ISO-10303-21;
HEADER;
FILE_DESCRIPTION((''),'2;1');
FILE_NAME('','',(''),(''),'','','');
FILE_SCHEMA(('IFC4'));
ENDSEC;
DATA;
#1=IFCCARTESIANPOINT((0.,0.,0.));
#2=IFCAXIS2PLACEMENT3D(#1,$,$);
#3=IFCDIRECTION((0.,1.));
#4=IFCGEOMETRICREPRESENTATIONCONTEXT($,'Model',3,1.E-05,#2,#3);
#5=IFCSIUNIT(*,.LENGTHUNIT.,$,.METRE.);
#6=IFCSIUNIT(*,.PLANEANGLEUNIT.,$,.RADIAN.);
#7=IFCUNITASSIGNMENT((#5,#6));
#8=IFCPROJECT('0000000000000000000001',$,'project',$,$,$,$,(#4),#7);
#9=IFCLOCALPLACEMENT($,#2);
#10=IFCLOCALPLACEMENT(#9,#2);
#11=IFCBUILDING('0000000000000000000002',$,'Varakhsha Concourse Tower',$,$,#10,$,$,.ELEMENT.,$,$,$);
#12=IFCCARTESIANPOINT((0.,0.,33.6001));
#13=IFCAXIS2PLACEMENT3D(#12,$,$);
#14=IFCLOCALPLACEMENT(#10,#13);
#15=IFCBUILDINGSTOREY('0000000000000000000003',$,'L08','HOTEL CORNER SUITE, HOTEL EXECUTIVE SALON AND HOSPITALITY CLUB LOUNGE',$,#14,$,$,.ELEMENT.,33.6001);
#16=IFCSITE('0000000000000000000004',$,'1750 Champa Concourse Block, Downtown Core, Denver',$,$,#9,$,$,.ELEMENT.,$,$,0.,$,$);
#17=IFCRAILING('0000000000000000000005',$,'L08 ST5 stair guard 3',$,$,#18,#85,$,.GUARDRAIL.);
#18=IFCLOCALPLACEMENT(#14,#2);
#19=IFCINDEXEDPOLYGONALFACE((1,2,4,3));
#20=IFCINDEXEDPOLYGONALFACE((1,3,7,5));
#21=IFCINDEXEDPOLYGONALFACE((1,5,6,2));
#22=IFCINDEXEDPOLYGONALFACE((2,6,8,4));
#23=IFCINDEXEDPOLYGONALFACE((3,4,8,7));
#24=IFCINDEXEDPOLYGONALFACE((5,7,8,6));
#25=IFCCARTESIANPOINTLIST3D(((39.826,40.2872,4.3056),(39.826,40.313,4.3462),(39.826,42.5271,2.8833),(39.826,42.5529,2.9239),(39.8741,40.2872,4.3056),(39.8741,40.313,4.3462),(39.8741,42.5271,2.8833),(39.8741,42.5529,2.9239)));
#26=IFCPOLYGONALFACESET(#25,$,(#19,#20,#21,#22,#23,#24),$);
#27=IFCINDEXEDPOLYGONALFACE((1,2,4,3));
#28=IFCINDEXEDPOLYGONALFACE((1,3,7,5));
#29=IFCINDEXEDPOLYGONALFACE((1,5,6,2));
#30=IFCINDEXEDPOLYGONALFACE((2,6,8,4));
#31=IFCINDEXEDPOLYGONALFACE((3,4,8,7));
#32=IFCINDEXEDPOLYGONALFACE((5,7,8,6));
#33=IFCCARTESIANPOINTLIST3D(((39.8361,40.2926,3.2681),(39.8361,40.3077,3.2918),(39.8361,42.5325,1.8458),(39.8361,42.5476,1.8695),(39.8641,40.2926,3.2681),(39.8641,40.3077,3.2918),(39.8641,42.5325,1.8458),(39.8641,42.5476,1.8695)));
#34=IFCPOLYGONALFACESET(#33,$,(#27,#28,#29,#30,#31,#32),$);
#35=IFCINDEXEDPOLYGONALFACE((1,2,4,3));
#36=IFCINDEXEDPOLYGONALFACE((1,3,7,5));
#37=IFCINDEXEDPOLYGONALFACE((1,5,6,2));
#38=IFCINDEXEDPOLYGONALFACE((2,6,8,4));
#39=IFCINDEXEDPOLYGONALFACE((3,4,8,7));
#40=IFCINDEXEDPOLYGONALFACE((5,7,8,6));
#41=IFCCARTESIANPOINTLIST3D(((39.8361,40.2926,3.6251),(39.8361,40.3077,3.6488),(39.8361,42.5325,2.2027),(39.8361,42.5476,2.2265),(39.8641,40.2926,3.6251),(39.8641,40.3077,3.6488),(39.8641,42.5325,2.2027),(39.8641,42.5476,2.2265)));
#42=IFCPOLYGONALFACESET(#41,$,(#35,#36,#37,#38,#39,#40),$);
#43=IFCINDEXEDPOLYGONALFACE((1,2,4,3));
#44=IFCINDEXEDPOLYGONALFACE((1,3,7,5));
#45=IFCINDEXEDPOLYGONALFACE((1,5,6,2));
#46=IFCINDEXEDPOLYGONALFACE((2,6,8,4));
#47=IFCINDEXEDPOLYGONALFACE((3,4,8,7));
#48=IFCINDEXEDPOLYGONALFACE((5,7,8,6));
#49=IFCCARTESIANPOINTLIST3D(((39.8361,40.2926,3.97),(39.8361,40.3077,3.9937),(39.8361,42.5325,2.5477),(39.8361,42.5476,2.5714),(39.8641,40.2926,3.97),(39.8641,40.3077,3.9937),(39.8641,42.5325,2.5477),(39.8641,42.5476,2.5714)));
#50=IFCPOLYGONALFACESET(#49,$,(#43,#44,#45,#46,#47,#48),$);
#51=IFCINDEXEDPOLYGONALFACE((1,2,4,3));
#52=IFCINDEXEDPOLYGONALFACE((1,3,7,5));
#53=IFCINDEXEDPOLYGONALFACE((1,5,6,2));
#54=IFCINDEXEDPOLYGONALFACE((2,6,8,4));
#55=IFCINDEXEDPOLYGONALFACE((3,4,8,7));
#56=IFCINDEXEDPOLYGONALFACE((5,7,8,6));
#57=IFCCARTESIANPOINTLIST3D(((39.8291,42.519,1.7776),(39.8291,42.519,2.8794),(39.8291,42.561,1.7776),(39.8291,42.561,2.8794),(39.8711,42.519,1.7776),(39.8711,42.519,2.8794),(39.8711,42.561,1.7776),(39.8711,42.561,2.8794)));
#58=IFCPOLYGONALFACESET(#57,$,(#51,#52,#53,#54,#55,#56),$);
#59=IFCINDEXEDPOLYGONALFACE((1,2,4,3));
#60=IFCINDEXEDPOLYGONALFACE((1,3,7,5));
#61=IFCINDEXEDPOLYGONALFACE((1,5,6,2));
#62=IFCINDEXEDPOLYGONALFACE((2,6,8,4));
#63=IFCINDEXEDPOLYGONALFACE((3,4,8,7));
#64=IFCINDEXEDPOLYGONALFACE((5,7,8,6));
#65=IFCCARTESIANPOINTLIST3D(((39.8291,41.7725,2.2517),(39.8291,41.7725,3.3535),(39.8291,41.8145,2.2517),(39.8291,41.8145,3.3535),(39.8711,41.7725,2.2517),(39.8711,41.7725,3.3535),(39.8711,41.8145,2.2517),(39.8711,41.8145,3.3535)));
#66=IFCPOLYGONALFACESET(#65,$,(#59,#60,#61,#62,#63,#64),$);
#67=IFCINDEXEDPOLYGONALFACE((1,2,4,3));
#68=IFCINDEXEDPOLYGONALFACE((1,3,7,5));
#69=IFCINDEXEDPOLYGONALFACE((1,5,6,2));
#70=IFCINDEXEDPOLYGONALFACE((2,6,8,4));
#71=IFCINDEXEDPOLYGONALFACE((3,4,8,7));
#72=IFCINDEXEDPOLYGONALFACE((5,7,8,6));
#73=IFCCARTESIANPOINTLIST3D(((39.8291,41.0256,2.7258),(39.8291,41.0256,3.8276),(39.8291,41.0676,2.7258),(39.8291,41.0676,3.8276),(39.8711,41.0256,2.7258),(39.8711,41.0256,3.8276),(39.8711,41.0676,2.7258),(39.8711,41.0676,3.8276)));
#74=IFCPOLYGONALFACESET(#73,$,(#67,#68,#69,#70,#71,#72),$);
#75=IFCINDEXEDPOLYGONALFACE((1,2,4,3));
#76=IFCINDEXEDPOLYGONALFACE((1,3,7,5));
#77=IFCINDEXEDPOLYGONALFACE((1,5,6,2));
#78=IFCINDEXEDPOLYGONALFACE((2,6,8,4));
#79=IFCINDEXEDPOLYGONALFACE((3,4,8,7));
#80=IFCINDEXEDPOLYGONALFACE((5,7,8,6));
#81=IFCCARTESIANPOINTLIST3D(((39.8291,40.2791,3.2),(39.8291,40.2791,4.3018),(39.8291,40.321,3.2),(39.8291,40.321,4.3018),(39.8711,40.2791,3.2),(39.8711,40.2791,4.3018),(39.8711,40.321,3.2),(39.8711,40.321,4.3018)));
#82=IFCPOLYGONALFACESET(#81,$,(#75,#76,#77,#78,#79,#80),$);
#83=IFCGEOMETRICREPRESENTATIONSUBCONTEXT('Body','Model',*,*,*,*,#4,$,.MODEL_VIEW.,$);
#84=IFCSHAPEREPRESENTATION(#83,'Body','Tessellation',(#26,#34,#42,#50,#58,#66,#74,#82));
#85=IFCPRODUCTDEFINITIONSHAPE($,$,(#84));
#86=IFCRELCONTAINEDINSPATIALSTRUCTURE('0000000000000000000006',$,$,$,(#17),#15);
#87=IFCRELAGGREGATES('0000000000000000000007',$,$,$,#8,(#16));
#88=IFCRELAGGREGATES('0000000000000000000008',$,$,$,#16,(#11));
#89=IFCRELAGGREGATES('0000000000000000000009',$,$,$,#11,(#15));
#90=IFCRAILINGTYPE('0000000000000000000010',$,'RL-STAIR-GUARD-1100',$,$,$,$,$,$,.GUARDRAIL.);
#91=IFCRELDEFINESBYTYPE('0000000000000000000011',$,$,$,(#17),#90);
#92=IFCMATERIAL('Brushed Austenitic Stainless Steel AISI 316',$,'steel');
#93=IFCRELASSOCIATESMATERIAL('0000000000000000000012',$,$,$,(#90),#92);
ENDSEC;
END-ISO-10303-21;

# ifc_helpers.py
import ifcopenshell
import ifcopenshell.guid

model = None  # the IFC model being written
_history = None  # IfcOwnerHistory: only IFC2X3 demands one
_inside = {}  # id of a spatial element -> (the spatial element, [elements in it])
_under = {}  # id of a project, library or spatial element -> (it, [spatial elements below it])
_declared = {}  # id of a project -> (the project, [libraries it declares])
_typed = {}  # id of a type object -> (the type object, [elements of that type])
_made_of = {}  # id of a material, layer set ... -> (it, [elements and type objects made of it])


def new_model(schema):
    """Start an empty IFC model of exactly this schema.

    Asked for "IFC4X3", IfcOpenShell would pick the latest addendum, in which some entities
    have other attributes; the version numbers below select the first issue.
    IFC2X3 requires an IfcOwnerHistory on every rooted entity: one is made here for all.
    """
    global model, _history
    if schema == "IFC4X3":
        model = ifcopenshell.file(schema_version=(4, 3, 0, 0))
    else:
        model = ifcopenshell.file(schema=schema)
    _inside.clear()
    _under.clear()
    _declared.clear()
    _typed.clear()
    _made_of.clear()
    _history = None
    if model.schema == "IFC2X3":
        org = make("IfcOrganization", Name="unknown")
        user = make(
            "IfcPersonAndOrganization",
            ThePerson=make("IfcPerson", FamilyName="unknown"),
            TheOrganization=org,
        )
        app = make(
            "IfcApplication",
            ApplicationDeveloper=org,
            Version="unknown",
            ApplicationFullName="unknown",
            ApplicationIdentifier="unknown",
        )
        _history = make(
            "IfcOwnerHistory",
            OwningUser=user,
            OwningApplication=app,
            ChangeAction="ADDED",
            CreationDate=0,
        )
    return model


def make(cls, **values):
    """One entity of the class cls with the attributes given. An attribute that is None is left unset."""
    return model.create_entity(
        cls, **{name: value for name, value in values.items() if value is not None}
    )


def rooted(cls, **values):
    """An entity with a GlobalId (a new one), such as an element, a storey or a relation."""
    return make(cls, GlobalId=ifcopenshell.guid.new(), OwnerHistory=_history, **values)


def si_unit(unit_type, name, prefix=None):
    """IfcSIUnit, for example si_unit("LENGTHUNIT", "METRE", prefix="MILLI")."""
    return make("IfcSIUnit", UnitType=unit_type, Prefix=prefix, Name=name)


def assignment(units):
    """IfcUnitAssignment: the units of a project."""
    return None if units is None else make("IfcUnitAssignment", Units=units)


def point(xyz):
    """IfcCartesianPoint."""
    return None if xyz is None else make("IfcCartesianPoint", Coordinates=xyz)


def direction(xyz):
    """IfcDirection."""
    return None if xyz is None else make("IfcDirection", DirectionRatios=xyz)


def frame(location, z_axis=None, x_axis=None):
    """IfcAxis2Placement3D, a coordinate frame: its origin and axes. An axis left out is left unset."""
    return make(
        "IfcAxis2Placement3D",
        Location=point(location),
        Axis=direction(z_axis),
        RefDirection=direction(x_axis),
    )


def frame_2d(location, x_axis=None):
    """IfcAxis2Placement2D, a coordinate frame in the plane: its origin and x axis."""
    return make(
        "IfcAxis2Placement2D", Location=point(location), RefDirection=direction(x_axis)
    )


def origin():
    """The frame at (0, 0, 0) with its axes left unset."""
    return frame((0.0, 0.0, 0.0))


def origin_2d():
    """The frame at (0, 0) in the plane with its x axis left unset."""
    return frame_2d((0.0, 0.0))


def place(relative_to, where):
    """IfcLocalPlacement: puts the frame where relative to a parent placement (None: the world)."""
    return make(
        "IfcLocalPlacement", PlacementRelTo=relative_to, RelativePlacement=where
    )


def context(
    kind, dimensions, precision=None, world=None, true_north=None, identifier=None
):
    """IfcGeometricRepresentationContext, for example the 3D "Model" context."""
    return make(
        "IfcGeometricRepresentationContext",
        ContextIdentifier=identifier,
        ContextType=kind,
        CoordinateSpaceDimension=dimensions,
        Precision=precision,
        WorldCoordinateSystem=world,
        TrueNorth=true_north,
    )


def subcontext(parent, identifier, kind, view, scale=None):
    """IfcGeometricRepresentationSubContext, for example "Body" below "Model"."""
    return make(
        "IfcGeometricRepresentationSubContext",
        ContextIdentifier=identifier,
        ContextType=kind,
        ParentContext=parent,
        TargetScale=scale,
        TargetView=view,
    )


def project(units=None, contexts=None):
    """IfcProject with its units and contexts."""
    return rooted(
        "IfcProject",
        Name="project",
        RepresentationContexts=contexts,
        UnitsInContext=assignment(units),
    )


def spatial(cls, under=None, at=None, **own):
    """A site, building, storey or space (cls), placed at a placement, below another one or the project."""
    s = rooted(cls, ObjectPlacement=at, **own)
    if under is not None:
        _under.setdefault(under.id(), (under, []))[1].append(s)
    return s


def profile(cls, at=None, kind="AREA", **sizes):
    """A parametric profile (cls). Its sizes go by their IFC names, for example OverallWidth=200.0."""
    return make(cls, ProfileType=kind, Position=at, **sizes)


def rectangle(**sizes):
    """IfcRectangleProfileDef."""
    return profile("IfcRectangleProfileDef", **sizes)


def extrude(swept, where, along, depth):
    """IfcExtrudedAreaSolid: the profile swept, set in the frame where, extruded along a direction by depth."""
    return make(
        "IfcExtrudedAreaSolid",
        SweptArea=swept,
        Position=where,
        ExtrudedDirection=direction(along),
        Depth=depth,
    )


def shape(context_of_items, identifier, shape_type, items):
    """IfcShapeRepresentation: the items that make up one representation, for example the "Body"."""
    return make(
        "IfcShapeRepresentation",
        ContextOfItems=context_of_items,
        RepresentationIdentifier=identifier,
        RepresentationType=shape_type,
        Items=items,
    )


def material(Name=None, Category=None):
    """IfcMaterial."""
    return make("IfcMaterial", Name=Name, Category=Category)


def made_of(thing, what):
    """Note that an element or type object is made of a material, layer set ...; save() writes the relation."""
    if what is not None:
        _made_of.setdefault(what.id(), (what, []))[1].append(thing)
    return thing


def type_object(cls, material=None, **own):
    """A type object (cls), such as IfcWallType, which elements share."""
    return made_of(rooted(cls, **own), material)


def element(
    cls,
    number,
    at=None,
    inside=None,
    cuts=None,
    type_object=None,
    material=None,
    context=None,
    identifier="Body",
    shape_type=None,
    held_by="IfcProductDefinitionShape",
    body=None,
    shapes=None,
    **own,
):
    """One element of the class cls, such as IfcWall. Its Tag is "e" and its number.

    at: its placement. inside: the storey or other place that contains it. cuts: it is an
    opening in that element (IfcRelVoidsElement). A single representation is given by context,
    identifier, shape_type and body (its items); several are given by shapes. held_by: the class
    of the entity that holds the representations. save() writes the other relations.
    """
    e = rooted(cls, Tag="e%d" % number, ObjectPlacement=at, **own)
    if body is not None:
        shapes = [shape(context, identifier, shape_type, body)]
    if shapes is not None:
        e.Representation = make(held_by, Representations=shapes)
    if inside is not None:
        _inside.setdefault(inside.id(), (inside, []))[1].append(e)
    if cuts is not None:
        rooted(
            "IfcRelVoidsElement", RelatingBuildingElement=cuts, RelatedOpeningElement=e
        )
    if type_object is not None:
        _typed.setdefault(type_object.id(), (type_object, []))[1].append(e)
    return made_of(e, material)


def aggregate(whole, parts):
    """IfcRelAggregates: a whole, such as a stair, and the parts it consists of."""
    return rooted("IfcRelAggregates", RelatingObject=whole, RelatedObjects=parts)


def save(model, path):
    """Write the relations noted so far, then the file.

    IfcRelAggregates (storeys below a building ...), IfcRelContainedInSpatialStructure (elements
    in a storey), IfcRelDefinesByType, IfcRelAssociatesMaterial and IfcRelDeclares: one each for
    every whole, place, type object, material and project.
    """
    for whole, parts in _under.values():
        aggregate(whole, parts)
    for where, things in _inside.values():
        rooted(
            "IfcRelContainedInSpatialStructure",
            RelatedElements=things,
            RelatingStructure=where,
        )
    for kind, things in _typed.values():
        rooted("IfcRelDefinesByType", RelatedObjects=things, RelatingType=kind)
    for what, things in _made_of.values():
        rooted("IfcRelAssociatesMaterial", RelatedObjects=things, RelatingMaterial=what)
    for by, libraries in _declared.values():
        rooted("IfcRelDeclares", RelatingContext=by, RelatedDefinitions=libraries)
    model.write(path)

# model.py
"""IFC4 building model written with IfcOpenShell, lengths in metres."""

from ifc_helpers import new_model, si_unit, direction, frame, origin, origin_2d, place, context, subcontext, project, spatial, rectangle, extrude, material, type_object, element, save


model = new_model("IFC4")

# Units and contexts
model_context = context("Model", 3, precision=1e-05, world=origin(), true_north=direction((0.0, 1.0)))
body_context = subcontext(model_context, "Body", "Model", "MODEL_VIEW")
ifc_project = project(units=[si_unit("LENGTHUNIT", "METRE"), si_unit("PLANEANGLEUNIT", "RADIAN")], contexts=[model_context])

# Site, building, storey
site_placement = place(None, origin())
site = spatial("IfcSite", under=ifc_project, at=site_placement, Name="1750 Champa Concourse Block, Downtown Core, Denver", CompositionType="ELEMENT", RefElevation=0.0)
building_placement = place(site_placement, origin())
building = spatial("IfcBuilding", under=site, at=building_placement, Name="Varakhsha Concourse Tower", CompositionType="ELEMENT")
storey_placement = place(building_placement, frame((0.0, 0.0, 33.6001)))
storey = spatial("IfcBuildingStorey", under=building, at=storey_placement, Name="L08", Description="HOTEL CORNER SUITE, HOTEL EXECUTIVE SALON AND HOSPITALITY CLUB LOUNGE", CompositionType="ELEMENT", Elevation=33.6001)

# Railing
ifc_material_1 = material(Name="Brushed Austenitic Stainless Steel AISI 316", Category="steel")
railing_type = type_object("IfcRailingType", Name="RL-STAIR-GUARD-1100", PredefinedType="GUARDRAIL", material=ifc_material_1)
railing_placement = place(storey_placement, frame((39.8501, 42.54, 1.7776)))
element("IfcRailing", 1, at=railing_placement, inside=storey, type_object=railing_type, Name="L08 ST5 stair guard 3", PredefinedType="GUARDRAIL", context=body_context, shape_type="SweptSolid", body=[
    extrude(rectangle(XDim=0.0481, YDim=0.0481, at=origin_2d()), frame((0.0, 0.0, 1.126), z_axis=(0.0, -0.844188, 0.536048), x_axis=(1.0, 0.0, 0.0)), (0.0, 0.0, 1.0), 2.6533),
    extrude(rectangle(XDim=0.0281, YDim=0.0281, at=origin_2d()), frame((0.0, 0.0, 0.0801), z_axis=(0.0, -0.844188, 0.536048), x_axis=(1.0, 0.0, 0.0)), (0.0, 0.0, 1.0), 2.6533),
    extrude(rectangle(XDim=0.0281, YDim=0.0281, at=origin_2d()), frame((0.0, 0.0, 0.437), z_axis=(0.0, -0.844188, 0.536048), x_axis=(1.0, 0.0, 0.0)), (0.0, 0.0, 1.0), 2.6533),
    extrude(rectangle(XDim=0.0281, YDim=0.0281, at=origin_2d()), frame((0.0, 0.0, 0.782), z_axis=(0.0, -0.844188, 0.536048), x_axis=(1.0, 0.0, 0.0)), (0.0, 0.0, 1.0), 2.6533),
    extrude(rectangle(XDim=0.042, YDim=0.042, at=origin_2d()), origin(), (0.0, 0.0, 1.0), 1.1018),
    extrude(rectangle(XDim=0.042, YDim=0.042, at=origin_2d()), frame((0.0, -0.7466, 0.4741)), (0.0, 0.0, 1.0), 1.1018),
    extrude(rectangle(XDim=0.042, YDim=0.042, at=origin_2d()), frame((0.0, -1.4934, 0.9482)), (0.0, 0.0, 1.0), 1.1018),
    extrude(rectangle(XDim=0.042, YDim=0.042, at=origin_2d()), frame((0.0, -2.24, 1.4224)), (0.0, 0.0, 1.0), 1.1018),
])

save(model, "model.ifc")
